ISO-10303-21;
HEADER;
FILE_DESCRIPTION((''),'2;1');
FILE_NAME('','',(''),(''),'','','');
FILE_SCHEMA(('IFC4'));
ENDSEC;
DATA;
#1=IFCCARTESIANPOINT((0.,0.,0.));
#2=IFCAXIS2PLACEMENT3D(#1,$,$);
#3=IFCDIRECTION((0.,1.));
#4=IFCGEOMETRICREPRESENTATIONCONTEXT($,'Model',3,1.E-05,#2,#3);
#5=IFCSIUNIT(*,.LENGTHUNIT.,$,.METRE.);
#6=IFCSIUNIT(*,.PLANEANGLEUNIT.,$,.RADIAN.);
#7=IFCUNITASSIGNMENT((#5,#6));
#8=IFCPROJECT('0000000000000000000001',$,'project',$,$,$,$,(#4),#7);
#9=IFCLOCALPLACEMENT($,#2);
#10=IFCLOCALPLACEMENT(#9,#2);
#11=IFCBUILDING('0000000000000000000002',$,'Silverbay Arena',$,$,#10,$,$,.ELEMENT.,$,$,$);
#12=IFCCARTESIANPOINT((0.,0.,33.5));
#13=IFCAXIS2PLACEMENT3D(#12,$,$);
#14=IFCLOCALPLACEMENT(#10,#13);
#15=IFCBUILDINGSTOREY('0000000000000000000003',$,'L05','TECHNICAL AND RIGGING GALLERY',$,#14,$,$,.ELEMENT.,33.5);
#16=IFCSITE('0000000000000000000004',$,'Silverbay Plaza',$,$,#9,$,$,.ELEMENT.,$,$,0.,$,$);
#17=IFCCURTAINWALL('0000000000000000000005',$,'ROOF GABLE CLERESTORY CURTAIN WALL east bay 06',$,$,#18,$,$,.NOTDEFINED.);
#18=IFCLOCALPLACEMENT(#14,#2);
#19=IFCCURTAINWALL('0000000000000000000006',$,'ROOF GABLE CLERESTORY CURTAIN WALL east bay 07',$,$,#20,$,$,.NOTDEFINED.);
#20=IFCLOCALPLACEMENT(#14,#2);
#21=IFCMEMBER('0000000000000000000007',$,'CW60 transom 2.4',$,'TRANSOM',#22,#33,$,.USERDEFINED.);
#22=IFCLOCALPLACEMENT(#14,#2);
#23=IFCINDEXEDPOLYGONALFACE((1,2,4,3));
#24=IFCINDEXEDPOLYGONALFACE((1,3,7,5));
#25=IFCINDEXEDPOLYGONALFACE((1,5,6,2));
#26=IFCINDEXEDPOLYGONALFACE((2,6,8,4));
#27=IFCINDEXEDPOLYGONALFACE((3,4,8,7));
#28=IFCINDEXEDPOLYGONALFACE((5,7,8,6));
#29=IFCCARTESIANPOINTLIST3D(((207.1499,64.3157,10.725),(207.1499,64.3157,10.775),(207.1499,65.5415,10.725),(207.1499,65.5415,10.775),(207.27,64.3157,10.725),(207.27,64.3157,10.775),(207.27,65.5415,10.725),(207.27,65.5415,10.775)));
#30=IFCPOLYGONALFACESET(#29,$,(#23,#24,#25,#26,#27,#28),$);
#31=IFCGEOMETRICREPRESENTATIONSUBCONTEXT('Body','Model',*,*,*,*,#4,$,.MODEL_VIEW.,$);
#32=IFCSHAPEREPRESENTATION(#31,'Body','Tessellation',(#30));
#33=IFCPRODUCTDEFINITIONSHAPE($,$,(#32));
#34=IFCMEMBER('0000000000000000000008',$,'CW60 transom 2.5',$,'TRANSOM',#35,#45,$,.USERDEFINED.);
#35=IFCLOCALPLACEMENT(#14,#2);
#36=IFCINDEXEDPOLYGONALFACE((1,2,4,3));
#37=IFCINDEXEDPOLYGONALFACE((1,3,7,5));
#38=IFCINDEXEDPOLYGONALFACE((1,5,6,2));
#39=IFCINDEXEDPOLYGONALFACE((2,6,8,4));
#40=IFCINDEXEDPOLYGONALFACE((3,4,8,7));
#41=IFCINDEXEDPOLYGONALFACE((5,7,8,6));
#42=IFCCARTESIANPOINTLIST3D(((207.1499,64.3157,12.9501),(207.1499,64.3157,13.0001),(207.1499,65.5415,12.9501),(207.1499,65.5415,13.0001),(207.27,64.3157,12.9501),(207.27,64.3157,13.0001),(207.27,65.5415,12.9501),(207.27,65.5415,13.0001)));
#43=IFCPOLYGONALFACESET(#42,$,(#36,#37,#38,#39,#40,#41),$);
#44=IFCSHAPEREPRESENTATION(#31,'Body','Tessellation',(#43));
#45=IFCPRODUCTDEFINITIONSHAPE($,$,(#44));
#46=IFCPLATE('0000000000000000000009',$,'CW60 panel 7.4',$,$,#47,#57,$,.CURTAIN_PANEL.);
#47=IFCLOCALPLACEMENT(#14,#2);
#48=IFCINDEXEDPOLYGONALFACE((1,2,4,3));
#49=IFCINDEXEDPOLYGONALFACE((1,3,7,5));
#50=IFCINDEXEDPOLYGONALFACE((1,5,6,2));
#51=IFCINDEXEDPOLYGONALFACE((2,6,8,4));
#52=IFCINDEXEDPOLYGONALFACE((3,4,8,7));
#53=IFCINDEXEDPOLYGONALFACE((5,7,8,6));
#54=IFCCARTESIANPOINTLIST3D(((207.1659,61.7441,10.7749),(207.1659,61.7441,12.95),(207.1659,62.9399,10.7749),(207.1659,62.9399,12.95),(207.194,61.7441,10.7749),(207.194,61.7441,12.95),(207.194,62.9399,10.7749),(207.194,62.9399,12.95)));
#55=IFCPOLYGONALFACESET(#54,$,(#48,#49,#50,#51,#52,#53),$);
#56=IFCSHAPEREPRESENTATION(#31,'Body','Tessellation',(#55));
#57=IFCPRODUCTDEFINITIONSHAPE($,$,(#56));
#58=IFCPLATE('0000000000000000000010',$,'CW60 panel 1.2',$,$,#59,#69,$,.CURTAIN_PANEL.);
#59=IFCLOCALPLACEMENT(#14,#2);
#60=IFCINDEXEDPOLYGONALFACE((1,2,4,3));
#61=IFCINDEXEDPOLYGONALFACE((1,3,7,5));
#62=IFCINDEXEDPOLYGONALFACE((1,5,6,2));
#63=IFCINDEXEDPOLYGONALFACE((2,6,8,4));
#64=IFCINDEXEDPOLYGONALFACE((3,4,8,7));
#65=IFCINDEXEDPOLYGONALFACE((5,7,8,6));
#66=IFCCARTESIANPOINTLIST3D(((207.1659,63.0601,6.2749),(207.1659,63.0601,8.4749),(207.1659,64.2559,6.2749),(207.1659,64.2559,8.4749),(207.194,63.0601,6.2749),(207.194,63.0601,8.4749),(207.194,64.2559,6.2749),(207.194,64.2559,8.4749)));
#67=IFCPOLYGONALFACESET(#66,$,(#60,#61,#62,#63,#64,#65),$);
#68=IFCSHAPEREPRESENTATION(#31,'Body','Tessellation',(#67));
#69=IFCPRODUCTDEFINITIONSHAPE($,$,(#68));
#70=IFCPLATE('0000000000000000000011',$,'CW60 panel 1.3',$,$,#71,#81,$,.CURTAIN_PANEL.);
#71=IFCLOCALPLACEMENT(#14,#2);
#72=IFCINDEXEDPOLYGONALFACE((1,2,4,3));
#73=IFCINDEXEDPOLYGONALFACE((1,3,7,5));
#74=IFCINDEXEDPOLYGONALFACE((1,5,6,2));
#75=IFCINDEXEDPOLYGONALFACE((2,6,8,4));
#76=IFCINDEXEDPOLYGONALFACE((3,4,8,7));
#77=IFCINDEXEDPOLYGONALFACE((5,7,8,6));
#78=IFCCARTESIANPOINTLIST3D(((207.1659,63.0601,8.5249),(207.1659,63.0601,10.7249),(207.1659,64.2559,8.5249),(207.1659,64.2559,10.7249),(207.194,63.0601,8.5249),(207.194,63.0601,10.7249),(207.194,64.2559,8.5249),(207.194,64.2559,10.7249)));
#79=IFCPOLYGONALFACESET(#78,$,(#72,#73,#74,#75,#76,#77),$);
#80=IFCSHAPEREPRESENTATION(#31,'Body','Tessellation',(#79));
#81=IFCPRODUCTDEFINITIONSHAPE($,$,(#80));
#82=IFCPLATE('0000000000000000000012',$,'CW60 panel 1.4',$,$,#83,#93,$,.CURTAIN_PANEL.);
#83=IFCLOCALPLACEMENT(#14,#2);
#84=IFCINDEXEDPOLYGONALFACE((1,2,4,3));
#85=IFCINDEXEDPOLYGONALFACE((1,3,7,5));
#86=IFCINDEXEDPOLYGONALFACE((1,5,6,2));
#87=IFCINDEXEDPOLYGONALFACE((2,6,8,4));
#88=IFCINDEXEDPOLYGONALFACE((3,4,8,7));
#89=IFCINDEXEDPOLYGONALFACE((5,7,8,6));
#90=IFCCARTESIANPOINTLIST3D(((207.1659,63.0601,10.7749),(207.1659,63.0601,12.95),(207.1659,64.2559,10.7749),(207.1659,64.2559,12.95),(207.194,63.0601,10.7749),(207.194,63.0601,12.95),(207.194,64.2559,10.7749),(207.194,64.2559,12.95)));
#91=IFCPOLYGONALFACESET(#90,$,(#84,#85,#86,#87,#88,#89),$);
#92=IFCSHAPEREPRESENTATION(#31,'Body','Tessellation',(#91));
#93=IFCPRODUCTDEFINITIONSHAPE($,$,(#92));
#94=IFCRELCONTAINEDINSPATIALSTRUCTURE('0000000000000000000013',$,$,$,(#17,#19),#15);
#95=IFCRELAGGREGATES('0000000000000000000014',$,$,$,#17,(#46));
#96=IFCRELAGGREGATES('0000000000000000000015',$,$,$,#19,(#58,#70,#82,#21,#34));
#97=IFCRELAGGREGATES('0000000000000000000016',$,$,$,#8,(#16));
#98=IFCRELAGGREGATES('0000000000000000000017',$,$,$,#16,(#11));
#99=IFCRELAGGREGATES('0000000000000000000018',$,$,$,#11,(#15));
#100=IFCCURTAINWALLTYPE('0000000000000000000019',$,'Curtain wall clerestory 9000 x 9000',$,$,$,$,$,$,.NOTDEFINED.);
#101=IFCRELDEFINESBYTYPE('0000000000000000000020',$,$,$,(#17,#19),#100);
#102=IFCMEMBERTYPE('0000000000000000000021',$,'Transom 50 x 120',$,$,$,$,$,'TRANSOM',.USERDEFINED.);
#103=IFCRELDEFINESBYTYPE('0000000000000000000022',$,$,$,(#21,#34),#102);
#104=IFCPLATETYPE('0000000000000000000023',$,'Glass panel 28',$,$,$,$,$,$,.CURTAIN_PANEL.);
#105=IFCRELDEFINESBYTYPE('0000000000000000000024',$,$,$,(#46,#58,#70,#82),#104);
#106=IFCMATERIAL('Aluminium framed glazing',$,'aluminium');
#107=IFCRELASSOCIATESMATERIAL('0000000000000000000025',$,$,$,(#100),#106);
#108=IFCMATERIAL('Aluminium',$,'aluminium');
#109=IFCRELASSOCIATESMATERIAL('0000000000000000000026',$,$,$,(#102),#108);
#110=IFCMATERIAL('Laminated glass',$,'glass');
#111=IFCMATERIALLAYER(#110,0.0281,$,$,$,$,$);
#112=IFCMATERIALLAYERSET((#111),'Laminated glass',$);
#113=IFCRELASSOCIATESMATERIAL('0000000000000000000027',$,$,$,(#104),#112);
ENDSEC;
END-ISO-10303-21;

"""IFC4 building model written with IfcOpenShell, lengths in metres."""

from ifc_helpers import new_model, si_unit, direction, frame, origin, origin_2d, place, context, subcontext, project, spatial, rectangle, extrude, material, layer, layer_set, material_profile, profile_set, type_object, element, aggregate, save


model = new_model("IFC4")

# Units and contexts
model_context = context("Model", 3, precision=1e-05, world=origin(), true_north=direction((0.0, 1.0)))
body_context = subcontext(model_context, "Body", "Model", "MODEL_VIEW")
ifc_project = project(units=[si_unit("LENGTHUNIT", "METRE"), si_unit("PLANEANGLEUNIT", "RADIAN")], contexts=[model_context])

# Site, building, storey
site_placement = place(None, origin())
site = spatial("IfcSite", under=ifc_project, at=site_placement, Name="Silverbay Plaza", CompositionType="ELEMENT", RefElevation=0.0)
building_placement = place(site_placement, origin())
building = spatial("IfcBuilding", under=site, at=building_placement, Name="Silverbay Arena", CompositionType="ELEMENT")
storey_placement = place(building_placement, frame((0.0, 0.0, 33.5)))
storey = spatial("IfcBuildingStorey", under=building, at=storey_placement, Name="L05", Description="TECHNICAL AND RIGGING GALLERY", CompositionType="ELEMENT", Elevation=33.5)

# Curtain walls, members
ifc_material_1 = material(Name="Aluminium framed glazing", Category="aluminium")
curtain_wall_type = type_object("IfcCurtainWallType", Name="Curtain wall clerestory 9000 x 9000", PredefinedType="NOTDEFINED", material=ifc_material_1)
curtain_wall_1_placement = place(storey_placement, origin())
curtain_wall_1 = element("IfcCurtainWall", 1, at=curtain_wall_1_placement, inside=storey, type_object=curtain_wall_type, Name="ROOF GABLE CLERESTORY CURTAIN WALL east bay 06", PredefinedType="NOTDEFINED")
ifc_material_2 = material(Name="Aluminium", Category="aluminium")
ifc_material_profile_1 = material_profile(ifc_material_2, rectangle(XDim=0.1201, YDim=0.05, at=origin_2d()), Name="Transom 50 x 120")
ifc_profile_set_1 = profile_set([ifc_material_profile_1], Name="Aluminium")
member_type_1 = type_object("IfcMemberType", Name="Transom 50 x 120", ElementType="TRANSOM", PredefinedType="USERDEFINED", material=ifc_profile_set_1)
curtain_wall_2_placement = place(storey_placement, origin())
curtain_wall_2 = element("IfcCurtainWall", 2, at=curtain_wall_2_placement, inside=storey, type_object=curtain_wall_type, Name="ROOF GABLE CLERESTORY CURTAIN WALL east bay 07", PredefinedType="NOTDEFINED")
member_1_placement = place(storey_placement, frame((207.21, 64.3157, 10.75), z_axis=(0.0, 1.0, 0.0), x_axis=(-1.0, 0.0, 0.0)))
member_1 = element("IfcMember", 3, at=member_1_placement, type_object=member_type_1, Name="CW60 transom 2.4", ObjectType="TRANSOM", PredefinedType="USERDEFINED", context=body_context, shape_type="SweptSolid", body=[
    extrude(rectangle(XDim=0.1201, YDim=0.05, at=origin_2d()), origin(), (0.0, 0.0, 1.0), 1.2258),
])
member_2_placement = place(storey_placement, frame((207.21, 64.3157, 12.9751), z_axis=(0.0, 1.0, 0.0), x_axis=(-1.0, 0.0, 0.0)))
member_2 = element("IfcMember", 4, at=member_2_placement, type_object=member_type_1, Name="CW60 transom 2.5", ObjectType="TRANSOM", PredefinedType="USERDEFINED", context=body_context, shape_type="SweptSolid", body=[
    extrude(rectangle(XDim=0.1201, YDim=0.05, at=origin_2d()), origin(), (0.0, 0.0, 1.0), 1.2258),
])

# Plates
ifc_material_3 = material(Name="Laminated glass", Category="glass")
ifc_layer = layer(ifc_material_3, 0.0281)
ifc_layer_set = layer_set([ifc_layer], Name="Laminated glass")
plate_type = type_object("IfcPlateType", Name="Glass panel 28", PredefinedType="CURTAIN_PANEL", material=ifc_layer_set)
plate_1_placement = place(storey_placement, frame((207.1799, 62.342, 10.7749), z_axis=(0.0, 0.0, 1.0), x_axis=(0.0, 1.0, 0.0)))
plate_1 = element("IfcPlate", 5, at=plate_1_placement, type_object=plate_type, Name="CW60 panel 7.4", PredefinedType="CURTAIN_PANEL", context=body_context, shape_type="SweptSolid", body=[
    extrude(rectangle(XDim=1.1958, YDim=0.0281, at=origin_2d()), origin(), (0.0, 0.0, 1.0), 2.175),
])
aggregate(curtain_wall_1, [plate_1])
plate_2_placement = place(storey_placement, frame((207.1799, 63.658, 6.2749), z_axis=(0.0, 0.0, 1.0), x_axis=(0.0, 1.0, 0.0)))
plate_2 = element("IfcPlate", 6, at=plate_2_placement, type_object=plate_type, Name="CW60 panel 1.2", PredefinedType="CURTAIN_PANEL", context=body_context, shape_type="SweptSolid", body=[
    extrude(rectangle(XDim=1.1958, YDim=0.0281, at=origin_2d()), origin(), (0.0, 0.0, 1.0), 2.2),
])
plate_3_placement = place(storey_placement, frame((207.1799, 63.658, 8.5249), z_axis=(0.0, 0.0, 1.0), x_axis=(0.0, 1.0, 0.0)))
plate_3 = element("IfcPlate", 7, at=plate_3_placement, type_object=plate_type, Name="CW60 panel 1.3", PredefinedType="CURTAIN_PANEL", context=body_context, shape_type="SweptSolid", body=[
    extrude(rectangle(XDim=1.1958, YDim=0.0281, at=origin_2d()), origin(), (0.0, 0.0, 1.0), 2.2),
])
plate_4_placement = place(storey_placement, frame((207.1799, 63.658, 10.7749), z_axis=(0.0, 0.0, 1.0), x_axis=(0.0, 1.0, 0.0)))
plate_4 = element("IfcPlate", 8, at=plate_4_placement, type_object=plate_type, Name="CW60 panel 1.4", PredefinedType="CURTAIN_PANEL", context=body_context, shape_type="SweptSolid", body=[
    extrude(rectangle(XDim=1.1958, YDim=0.0281, at=origin_2d()), origin(), (0.0, 0.0, 1.0), 2.175),
])
aggregate(curtain_wall_2, [plate_2, plate_3, plate_4, member_1, member_2])

save(model, "model.ifc")
